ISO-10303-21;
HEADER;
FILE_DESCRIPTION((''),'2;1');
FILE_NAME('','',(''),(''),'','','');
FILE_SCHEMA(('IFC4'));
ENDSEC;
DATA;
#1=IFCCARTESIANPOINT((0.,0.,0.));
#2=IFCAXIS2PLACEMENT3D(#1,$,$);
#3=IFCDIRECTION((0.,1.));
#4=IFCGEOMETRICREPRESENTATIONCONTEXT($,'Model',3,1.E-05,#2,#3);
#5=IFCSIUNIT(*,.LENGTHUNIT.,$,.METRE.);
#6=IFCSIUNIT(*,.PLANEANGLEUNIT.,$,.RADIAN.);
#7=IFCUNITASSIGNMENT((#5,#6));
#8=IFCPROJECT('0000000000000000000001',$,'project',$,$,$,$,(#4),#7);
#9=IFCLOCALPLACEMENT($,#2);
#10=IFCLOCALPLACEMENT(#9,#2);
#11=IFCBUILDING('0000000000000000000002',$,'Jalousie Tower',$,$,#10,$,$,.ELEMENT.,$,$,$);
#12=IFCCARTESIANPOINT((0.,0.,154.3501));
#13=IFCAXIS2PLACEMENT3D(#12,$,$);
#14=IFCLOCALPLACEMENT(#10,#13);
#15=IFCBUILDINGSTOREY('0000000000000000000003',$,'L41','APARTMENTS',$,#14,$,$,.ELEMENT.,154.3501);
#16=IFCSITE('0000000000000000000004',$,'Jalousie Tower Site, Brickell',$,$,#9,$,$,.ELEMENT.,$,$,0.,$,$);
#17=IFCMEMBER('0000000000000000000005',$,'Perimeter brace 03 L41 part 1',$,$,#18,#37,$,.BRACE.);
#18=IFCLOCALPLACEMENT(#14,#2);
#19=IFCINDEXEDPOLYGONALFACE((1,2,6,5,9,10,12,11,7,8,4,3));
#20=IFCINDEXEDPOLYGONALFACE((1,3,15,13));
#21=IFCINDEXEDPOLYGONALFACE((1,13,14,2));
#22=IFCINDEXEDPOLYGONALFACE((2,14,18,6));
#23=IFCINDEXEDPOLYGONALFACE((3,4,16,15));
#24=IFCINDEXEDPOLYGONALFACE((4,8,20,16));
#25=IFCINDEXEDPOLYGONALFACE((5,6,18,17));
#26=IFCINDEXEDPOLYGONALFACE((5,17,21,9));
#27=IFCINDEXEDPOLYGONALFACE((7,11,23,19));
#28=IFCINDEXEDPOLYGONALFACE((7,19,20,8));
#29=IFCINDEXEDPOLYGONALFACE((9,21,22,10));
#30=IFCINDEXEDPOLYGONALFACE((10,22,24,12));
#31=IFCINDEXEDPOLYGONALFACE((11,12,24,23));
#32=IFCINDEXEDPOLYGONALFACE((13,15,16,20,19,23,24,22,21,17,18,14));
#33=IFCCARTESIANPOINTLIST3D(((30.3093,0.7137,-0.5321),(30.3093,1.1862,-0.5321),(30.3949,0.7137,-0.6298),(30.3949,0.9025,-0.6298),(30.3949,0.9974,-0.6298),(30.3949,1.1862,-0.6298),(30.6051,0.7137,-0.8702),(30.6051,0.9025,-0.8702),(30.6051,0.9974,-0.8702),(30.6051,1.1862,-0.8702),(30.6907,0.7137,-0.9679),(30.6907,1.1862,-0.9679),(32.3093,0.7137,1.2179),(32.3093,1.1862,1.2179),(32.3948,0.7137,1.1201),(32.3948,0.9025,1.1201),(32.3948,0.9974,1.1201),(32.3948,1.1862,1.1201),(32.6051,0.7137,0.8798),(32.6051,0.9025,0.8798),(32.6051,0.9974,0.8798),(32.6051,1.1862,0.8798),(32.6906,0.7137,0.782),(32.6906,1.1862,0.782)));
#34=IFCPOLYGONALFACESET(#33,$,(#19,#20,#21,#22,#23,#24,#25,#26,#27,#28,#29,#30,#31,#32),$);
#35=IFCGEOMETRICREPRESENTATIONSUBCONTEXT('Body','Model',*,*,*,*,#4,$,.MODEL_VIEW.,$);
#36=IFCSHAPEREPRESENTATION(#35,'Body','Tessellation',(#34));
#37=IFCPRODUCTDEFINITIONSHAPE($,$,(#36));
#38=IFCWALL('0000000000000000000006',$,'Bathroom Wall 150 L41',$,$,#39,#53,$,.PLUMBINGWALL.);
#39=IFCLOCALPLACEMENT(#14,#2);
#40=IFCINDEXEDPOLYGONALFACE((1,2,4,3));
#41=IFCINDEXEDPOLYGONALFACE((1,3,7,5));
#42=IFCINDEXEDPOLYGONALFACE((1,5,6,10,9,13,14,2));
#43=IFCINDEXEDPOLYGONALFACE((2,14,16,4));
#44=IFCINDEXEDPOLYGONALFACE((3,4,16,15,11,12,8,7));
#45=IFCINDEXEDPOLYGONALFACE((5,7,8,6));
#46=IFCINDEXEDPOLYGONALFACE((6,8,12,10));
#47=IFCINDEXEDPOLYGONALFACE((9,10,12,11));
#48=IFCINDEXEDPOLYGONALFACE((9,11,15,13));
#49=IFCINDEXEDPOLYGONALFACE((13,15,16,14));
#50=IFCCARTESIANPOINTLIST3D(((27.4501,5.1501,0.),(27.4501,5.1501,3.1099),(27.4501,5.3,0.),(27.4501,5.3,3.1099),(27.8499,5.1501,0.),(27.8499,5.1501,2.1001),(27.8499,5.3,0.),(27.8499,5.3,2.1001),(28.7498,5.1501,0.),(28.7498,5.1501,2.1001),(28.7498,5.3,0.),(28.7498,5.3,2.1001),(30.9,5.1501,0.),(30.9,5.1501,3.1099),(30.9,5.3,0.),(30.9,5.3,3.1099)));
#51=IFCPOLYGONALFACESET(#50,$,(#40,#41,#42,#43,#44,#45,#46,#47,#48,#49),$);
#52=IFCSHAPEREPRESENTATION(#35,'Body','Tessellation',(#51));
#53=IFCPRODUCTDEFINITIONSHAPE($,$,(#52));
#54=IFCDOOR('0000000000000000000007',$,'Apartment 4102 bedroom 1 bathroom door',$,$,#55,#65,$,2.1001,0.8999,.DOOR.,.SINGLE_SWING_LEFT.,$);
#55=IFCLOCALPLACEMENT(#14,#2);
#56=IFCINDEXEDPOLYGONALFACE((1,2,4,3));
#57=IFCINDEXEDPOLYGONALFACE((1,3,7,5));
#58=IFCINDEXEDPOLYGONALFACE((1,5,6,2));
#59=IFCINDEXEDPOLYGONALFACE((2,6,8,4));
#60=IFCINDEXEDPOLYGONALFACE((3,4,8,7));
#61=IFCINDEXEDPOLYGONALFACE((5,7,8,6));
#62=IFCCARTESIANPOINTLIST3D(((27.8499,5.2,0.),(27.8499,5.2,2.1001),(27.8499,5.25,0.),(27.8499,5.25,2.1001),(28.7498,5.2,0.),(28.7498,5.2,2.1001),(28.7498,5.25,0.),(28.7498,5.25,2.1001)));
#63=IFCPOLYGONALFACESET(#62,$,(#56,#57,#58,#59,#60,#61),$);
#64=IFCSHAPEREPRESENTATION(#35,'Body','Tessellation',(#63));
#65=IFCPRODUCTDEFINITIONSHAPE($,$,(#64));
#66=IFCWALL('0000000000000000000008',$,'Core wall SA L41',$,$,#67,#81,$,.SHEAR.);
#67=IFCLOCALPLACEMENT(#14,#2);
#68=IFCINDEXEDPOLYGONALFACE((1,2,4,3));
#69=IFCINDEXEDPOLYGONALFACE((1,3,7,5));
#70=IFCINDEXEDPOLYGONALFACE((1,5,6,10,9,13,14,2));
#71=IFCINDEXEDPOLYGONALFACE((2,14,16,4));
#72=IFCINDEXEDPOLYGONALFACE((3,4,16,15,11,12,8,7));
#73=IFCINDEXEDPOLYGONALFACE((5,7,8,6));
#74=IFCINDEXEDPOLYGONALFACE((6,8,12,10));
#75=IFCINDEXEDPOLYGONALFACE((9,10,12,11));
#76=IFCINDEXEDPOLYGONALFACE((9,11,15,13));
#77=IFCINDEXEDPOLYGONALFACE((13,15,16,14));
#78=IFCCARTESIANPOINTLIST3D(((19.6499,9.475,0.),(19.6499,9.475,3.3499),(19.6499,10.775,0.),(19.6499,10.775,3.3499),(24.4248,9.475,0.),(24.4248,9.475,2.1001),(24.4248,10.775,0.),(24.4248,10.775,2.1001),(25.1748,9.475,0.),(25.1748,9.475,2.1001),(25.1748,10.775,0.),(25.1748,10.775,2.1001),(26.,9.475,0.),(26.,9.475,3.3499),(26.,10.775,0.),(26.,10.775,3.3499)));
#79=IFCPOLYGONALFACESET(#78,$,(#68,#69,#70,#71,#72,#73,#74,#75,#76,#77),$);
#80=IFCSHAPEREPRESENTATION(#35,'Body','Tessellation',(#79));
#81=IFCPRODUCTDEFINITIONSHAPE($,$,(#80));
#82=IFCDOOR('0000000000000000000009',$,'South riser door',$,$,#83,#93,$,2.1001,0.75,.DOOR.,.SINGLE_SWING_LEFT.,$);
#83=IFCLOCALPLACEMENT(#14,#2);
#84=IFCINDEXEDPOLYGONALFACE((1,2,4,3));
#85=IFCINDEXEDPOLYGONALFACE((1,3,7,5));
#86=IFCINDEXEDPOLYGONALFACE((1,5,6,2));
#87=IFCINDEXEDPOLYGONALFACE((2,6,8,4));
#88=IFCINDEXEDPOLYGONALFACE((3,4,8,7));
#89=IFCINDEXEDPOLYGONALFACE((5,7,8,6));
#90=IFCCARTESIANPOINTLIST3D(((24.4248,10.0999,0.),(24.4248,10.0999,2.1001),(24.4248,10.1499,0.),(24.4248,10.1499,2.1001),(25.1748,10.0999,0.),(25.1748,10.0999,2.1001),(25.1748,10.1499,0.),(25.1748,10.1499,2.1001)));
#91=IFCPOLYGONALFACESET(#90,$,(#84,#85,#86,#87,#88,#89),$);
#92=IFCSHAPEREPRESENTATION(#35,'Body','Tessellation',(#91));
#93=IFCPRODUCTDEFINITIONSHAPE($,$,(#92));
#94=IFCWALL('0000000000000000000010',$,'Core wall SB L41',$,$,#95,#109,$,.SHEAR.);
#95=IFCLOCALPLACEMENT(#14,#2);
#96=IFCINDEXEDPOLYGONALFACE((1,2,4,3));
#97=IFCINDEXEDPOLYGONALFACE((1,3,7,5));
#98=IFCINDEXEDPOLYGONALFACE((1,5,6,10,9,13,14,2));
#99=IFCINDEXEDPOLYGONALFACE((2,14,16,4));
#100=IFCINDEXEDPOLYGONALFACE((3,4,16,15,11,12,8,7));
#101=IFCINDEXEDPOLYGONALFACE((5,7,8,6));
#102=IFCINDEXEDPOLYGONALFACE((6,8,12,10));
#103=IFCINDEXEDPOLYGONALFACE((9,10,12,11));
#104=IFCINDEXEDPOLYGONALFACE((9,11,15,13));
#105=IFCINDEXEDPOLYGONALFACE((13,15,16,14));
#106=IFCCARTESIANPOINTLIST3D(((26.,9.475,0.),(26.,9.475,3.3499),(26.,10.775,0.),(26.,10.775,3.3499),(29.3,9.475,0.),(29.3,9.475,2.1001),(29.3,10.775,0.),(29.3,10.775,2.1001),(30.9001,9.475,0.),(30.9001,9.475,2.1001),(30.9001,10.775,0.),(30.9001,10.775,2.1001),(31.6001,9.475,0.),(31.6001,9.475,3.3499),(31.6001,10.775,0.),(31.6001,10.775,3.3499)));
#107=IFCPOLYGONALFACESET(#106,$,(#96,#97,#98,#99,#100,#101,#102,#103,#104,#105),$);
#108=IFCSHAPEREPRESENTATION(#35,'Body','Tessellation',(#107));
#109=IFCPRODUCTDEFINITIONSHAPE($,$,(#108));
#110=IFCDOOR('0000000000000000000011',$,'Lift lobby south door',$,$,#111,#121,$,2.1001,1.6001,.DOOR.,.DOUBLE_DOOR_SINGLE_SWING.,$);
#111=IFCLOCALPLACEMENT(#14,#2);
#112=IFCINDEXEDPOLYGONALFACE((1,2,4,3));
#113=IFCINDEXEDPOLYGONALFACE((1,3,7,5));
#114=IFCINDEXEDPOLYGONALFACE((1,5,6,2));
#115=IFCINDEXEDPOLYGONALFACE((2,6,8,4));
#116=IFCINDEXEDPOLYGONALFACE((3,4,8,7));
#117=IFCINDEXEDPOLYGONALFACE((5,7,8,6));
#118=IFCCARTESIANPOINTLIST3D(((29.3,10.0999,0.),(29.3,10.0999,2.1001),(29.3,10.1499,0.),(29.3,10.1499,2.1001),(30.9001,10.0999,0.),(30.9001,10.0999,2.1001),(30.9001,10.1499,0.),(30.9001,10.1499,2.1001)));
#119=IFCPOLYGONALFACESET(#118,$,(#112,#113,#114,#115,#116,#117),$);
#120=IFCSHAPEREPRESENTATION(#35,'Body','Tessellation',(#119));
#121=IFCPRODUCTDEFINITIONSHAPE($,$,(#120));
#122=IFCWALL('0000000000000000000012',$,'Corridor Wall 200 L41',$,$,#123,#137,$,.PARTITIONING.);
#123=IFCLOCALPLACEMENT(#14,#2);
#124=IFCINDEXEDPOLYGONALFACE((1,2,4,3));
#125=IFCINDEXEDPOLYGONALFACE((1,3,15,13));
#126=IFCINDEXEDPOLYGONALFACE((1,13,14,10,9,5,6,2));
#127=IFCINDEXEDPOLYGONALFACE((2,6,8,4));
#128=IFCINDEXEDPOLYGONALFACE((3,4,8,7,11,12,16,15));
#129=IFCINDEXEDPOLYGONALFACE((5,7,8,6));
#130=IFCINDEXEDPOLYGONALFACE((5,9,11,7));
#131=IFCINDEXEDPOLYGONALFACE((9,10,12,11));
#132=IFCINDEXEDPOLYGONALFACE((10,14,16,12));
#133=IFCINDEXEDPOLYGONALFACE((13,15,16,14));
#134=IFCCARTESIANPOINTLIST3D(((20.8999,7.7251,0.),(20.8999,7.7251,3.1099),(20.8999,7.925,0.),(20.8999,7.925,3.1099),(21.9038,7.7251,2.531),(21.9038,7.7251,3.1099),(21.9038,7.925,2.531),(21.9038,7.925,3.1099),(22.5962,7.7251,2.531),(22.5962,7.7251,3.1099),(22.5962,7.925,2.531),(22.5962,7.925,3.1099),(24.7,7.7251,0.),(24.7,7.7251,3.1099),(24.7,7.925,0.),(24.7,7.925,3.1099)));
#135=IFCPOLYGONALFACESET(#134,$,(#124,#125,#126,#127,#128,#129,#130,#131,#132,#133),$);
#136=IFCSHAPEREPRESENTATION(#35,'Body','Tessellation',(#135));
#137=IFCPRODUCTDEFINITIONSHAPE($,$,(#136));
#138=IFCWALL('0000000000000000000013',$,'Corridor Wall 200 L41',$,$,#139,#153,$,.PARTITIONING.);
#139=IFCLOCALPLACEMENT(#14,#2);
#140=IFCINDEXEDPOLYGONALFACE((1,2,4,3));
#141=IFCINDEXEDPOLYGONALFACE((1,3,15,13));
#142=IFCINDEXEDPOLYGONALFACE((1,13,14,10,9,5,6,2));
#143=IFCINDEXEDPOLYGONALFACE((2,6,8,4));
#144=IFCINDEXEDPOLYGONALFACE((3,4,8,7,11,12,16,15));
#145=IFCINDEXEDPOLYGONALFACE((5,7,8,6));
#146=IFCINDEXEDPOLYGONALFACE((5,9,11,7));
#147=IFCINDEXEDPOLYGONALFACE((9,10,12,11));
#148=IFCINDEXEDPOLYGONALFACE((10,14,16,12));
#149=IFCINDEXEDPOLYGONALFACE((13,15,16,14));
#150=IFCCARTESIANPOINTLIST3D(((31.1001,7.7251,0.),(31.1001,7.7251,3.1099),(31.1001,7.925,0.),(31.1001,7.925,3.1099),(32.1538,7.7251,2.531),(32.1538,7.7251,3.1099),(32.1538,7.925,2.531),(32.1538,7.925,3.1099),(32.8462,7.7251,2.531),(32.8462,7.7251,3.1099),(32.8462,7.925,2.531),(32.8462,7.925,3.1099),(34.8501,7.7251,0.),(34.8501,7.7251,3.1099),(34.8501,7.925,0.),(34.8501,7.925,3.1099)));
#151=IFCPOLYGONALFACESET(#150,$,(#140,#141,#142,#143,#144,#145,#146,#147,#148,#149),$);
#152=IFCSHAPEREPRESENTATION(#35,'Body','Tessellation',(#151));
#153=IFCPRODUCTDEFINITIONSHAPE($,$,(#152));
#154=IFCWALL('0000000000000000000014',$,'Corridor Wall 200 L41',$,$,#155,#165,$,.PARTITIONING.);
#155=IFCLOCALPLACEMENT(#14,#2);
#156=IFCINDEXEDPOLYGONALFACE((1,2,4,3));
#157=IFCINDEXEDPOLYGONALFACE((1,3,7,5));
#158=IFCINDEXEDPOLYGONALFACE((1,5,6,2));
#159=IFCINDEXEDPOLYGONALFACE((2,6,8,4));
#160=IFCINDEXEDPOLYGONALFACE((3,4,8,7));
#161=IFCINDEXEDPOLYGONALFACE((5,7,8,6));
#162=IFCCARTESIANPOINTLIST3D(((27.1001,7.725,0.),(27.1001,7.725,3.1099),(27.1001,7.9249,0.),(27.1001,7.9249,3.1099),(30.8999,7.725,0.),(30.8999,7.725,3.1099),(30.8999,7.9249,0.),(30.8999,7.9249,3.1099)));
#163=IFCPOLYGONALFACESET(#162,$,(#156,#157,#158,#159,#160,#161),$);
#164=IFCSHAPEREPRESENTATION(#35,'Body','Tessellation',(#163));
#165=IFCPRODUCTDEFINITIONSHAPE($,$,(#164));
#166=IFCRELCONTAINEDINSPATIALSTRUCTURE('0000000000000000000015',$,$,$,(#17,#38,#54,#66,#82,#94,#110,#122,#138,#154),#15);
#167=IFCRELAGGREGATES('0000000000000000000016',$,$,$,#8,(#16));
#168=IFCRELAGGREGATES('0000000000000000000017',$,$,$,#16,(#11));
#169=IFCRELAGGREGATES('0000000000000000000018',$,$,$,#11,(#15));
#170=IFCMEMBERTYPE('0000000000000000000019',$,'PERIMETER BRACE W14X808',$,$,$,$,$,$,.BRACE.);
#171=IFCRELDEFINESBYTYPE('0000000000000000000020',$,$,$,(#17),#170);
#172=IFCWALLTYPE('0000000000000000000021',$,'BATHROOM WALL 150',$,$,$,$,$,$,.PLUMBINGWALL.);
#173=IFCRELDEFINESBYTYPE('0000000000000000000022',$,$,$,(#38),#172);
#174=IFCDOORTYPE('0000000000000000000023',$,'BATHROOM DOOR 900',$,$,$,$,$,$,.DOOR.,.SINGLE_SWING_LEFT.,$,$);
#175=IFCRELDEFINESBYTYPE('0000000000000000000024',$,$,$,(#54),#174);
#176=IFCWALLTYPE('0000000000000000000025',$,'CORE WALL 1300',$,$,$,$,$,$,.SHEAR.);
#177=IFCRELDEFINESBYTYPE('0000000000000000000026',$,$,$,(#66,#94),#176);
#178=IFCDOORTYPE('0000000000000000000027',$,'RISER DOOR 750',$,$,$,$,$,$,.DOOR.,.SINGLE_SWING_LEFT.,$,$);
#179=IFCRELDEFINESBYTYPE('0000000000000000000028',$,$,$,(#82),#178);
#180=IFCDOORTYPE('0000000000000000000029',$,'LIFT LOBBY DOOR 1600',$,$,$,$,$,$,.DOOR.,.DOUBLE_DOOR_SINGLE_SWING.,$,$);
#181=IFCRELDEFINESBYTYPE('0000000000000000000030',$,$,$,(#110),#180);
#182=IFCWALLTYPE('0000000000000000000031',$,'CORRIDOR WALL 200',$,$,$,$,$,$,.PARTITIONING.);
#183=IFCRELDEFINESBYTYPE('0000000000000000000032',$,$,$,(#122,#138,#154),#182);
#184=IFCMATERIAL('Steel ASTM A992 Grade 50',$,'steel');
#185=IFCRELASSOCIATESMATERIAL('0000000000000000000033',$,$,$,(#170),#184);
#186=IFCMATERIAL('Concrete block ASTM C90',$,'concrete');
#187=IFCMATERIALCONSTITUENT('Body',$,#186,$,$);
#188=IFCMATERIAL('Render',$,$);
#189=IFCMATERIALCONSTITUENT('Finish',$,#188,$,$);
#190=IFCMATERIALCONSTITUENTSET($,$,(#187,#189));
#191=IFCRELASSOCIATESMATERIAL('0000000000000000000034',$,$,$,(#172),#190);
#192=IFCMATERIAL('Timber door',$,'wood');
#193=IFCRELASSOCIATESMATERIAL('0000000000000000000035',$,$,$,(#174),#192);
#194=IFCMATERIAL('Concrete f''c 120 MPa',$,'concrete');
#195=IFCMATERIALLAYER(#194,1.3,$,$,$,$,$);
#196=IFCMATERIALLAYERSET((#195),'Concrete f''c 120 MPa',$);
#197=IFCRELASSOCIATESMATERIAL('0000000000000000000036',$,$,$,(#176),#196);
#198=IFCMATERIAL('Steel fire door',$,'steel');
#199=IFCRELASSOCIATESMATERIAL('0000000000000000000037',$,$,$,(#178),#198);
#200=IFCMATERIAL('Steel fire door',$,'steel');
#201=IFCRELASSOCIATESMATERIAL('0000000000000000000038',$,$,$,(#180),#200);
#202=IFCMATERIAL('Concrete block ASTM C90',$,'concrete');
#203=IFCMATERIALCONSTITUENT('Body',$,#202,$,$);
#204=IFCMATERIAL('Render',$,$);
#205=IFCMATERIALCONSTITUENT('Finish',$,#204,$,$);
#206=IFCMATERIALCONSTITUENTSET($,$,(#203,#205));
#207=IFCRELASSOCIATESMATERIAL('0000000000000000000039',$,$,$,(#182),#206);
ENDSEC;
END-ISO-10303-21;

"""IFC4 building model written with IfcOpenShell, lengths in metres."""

from ifc_helpers import new_model, si_unit, direction, frame, frame_2d, origin, origin_2d, place, context, subcontext, project, spatial, polyline, rectangle, i_section, outline, extrude, material, layer, layer_set, constituent, constituent_set, material_profile, profile_set, type_object, element, fill, save


model = new_model("IFC4")

# Units and contexts
model_context = context("Model", 3, precision=1e-05, world=origin(), true_north=direction((0.0, 1.0)))
body_context = subcontext(model_context, "Body", "Model", "MODEL_VIEW")
ifc_project = project(units=[si_unit("LENGTHUNIT", "METRE"), si_unit("PLANEANGLEUNIT", "RADIAN")], contexts=[model_context])

# Site, building, storey
site_placement = place(None, origin())
site = spatial("IfcSite", under=ifc_project, at=site_placement, Name="Jalousie Tower Site, Brickell", CompositionType="ELEMENT", RefElevation=0.0)
building_placement = place(site_placement, origin())
building = spatial("IfcBuilding", under=site, at=building_placement, Name="Jalousie Tower", CompositionType="ELEMENT")
storey_placement = place(building_placement, frame((0.0, 0.0, 154.3501)))
storey = spatial("IfcBuildingStorey", under=building, at=storey_placement, Name="L41", Description="APARTMENTS", CompositionType="ELEMENT", Elevation=154.3501)

# Member
ifc_material_1 = material(Name="Steel ASTM A992 Grade 50", Category="steel")
ifc_material_profile = material_profile(ifc_material_1, i_section(OverallWidth=0.4724, OverallDepth=0.5791, WebThickness=0.095, FlangeThickness=0.1299, at=origin_2d()), Name="W14X808")
ifc_profile_set = profile_set([ifc_material_profile], Name="Steel ASTM A992 Grade 50")
member_type = type_object("IfcMemberType", Name="PERIMETER BRACE W14X808", PredefinedType="BRACE", material=ifc_profile_set)
member_placement = place(storey_placement, frame((30.5, 0.95, -0.75), z_axis=(0.752577, 0.0, 0.658505), x_axis=(0.0, 1.0, 0.0)))
element("IfcMember", 1, at=member_placement, inside=storey, type_object=member_type, Name="Perimeter brace 03 L41 part 1", PredefinedType="BRACE", context=body_context, shape_type="SweptSolid", body=[
    extrude(i_section(OverallWidth=0.4724, OverallDepth=0.5791, WebThickness=0.095, FlangeThickness=0.1299, at=origin_2d()), origin(), (0.0, 0.0, 1.0), 2.6575),
])

# Walls, openings, doors
ifc_material_2 = material(Name="Concrete block ASTM C90", Category="concrete")
ifc_constituent_1 = constituent(ifc_material_2, Name="Body")
ifc_material_3 = material(Name="Render")
ifc_constituent_2 = constituent(ifc_material_3, Name="Finish")
ifc_constituent_set_1 = constituent_set(constituents=[ifc_constituent_1, ifc_constituent_2])
wall_type_1 = type_object("IfcWallType", Name="BATHROOM WALL 150", PredefinedType="PLUMBINGWALL", material=ifc_constituent_set_1)
wall_1_placement = place(storey_placement, frame((27.45, 5.2251, 0.0), z_axis=(0.0, 0.0, 1.0), x_axis=(1.0, 0.0, 0.0)))
wall_1 = element("IfcWall", 2, at=wall_1_placement, inside=storey, type_object=wall_type_1, Name="Bathroom Wall 150 L41", PredefinedType="PLUMBINGWALL", context=body_context, shape_type="SweptSolid", body=[
    extrude(rectangle(XDim=3.45, YDim=0.1499, at=frame_2d((1.7251, 0.0))), origin(), (0.0, 0.0, 1.0), 3.1099),
])
opening_1_placement = place(wall_1_placement, frame((0.3999, 0.0, 0.0)))
opening_1 = element("IfcOpeningElement", 3, at=opening_1_placement, cuts=wall_1, PredefinedType="OPENING", context=body_context, shape_type="SweptSolid", body=[
    extrude(rectangle(XDim=0.8999, YDim=2.1001, at=frame_2d((0.45, 1.05))), frame((0.0, 0.085, 0.0), z_axis=(0.0, -1.0, 0.0), x_axis=(1.0, 0.0, 0.0)), (0.0, 0.0, 1.0), 0.1699),
])
ifc_material_4 = material(Name="Timber door", Category="wood")
door_type_1 = type_object("IfcDoorType", Name="BATHROOM DOOR 900", OperationType="SINGLE_SWING_LEFT", PredefinedType="DOOR", material=ifc_material_4)
door_1_placement = place(opening_1_placement, origin())
door_1 = element("IfcDoor", 4, at=door_1_placement, inside=storey, type_object=door_type_1, Name="Apartment 4102 bedroom 1 bathroom door", OperationType="SINGLE_SWING_LEFT", OverallHeight=2.1001, OverallWidth=0.8999, PredefinedType="DOOR", context=body_context, shape_type="SweptSolid", body=[
    extrude(rectangle(XDim=0.8999, YDim=2.1001, at=frame_2d((0.45, 1.05))), frame((0.0, 0.0249, 0.0), z_axis=(0.0, -1.0, 0.0), x_axis=(1.0, 0.0, 0.0)), (0.0, 0.0, 1.0), 0.05),
])
fill(opening_1, door_1)
ifc_material_5 = material(Name="Concrete f'c 120 MPa", Category="concrete")
ifc_layer = layer(ifc_material_5, 1.3)
ifc_layer_set = layer_set([ifc_layer], Name="Concrete f'c 120 MPa")
wall_type_2 = type_object("IfcWallType", Name="CORE WALL 1300", PredefinedType="SHEAR", material=ifc_layer_set)
wall_2_placement = place(storey_placement, frame((19.6499, 10.125, 0.0), z_axis=(0.0, 0.0, 1.0), x_axis=(1.0, 0.0, 0.0)))
wall_2 = element("IfcWall", 5, at=wall_2_placement, inside=storey, type_object=wall_type_2, Name="Core wall SA L41", PredefinedType="SHEAR", context=body_context, shape_type="SweptSolid", body=[
    extrude(rectangle(XDim=6.3501, YDim=1.3, at=frame_2d((3.175, 0.0))), origin(), (0.0, 0.0, 1.0), 3.3499),
])
opening_2_placement = place(wall_2_placement, frame((4.7749, 0.0, 0.0)))
opening_2 = element("IfcOpeningElement", 6, at=opening_2_placement, cuts=wall_2, PredefinedType="OPENING", context=body_context, shape_type="SweptSolid", body=[
    extrude(rectangle(XDim=0.75, YDim=2.1001, at=frame_2d((0.375, 1.05))), frame((0.0, 0.6599, 0.0), z_axis=(0.0, -1.0, 0.0), x_axis=(1.0, 0.0, 0.0)), (0.0, 0.0, 1.0), 1.3201),
])
ifc_material_6 = material(Name="Steel fire door", Category="steel")
door_type_2 = type_object("IfcDoorType", Name="RISER DOOR 750", OperationType="SINGLE_SWING_LEFT", PredefinedType="DOOR", material=ifc_material_6)
door_2_placement = place(opening_2_placement, origin())
door_2 = element("IfcDoor", 7, at=door_2_placement, inside=storey, type_object=door_type_2, Name="South riser door", OperationType="SINGLE_SWING_LEFT", OverallHeight=2.1001, OverallWidth=0.75, PredefinedType="DOOR", context=body_context, shape_type="SweptSolid", body=[
    extrude(rectangle(XDim=0.75, YDim=2.1001, at=frame_2d((0.375, 1.05))), frame((0.0, 0.0249, 0.0), z_axis=(0.0, -1.0, 0.0), x_axis=(1.0, 0.0, 0.0)), (0.0, 0.0, 1.0), 0.05),
])
fill(opening_2, door_2)
wall_3_placement = place(storey_placement, frame((26.0, 10.125, 0.0), z_axis=(0.0, 0.0, 1.0), x_axis=(1.0, 0.0, 0.0)))
wall_3 = element("IfcWall", 8, at=wall_3_placement, inside=storey, type_object=wall_type_2, Name="Core wall SB L41", PredefinedType="SHEAR", context=body_context, shape_type="SweptSolid", body=[
    extrude(rectangle(XDim=5.6001, YDim=1.3, at=frame_2d((2.8, 0.0))), origin(), (0.0, 0.0, 1.0), 3.3499),
])
opening_3_placement = place(wall_3_placement, frame((3.3, 0.0, 0.0)))
opening_3 = element("IfcOpeningElement", 9, at=opening_3_placement, cuts=wall_3, PredefinedType="OPENING", context=body_context, shape_type="SweptSolid", body=[
    extrude(rectangle(XDim=1.6001, YDim=2.1001, at=frame_2d((0.8, 1.05))), frame((0.0, 0.6599, 0.0), z_axis=(0.0, -1.0, 0.0), x_axis=(1.0, 0.0, 0.0)), (0.0, 0.0, 1.0), 1.3201),
])
ifc_material_7 = material(Name="Steel fire door", Category="steel")
door_type_3 = type_object("IfcDoorType", Name="LIFT LOBBY DOOR 1600", OperationType="DOUBLE_DOOR_SINGLE_SWING", PredefinedType="DOOR", material=ifc_material_7)
door_3_placement = place(opening_3_placement, origin())
door_3 = element("IfcDoor", 10, at=door_3_placement, inside=storey, type_object=door_type_3, Name="Lift lobby south door", OperationType="DOUBLE_DOOR_SINGLE_SWING", OverallHeight=2.1001, OverallWidth=1.6001, PredefinedType="DOOR", context=body_context, shape_type="SweptSolid", body=[
    extrude(rectangle(XDim=1.6001, YDim=2.1001, at=frame_2d((0.8, 1.05))), frame((0.0, 0.0249, 0.0), z_axis=(0.0, -1.0, 0.0), x_axis=(1.0, 0.0, 0.0)), (0.0, 0.0, 1.0), 0.05),
])
fill(opening_3, door_3)

# Walls
ifc_material_8 = material(Name="Concrete block ASTM C90", Category="concrete")
ifc_constituent_3 = constituent(ifc_material_8, Name="Body")
ifc_material_9 = material(Name="Render")
ifc_constituent_4 = constituent(ifc_material_9, Name="Finish")
ifc_constituent_set_2 = constituent_set(constituents=[ifc_constituent_3, ifc_constituent_4])
wall_type_3 = type_object("IfcWallType", Name="CORRIDOR WALL 200", PredefinedType="PARTITIONING", material=ifc_constituent_set_2)
wall_4_placement = place(storey_placement, frame((20.8999, 7.825, 0.0), z_axis=(0.0, 0.0, 1.0), x_axis=(1.0, 0.0, 0.0)))
element("IfcWall", 11, at=wall_4_placement, inside=storey, type_object=wall_type_3, Name="Corridor Wall 200 L41", PredefinedType="PARTITIONING", context=body_context, shape_type="SweptSolid", body=[
    extrude(outline(polyline([(0.0, 0.0), (3.8, 0.0), (3.8, 3.1099), (1.6963, 3.1099), (1.6963, 2.531), (1.0039, 2.531), (1.0039, 3.1099), (0.0, 3.1099), (0.0, 0.0)])), frame((0.0, 0.1001, 0.0), z_axis=(0.0, -1.0, 0.0), x_axis=(1.0, 0.0, 0.0)), (0.0, 0.0, 1.0), 0.2),
])
wall_5_placement = place(storey_placement, frame((31.1001, 7.825, 0.0), z_axis=(0.0, 0.0, 1.0), x_axis=(1.0, 0.0, 0.0)))
element("IfcWall", 12, at=wall_5_placement, inside=storey, type_object=wall_type_3, Name="Corridor Wall 200 L41", PredefinedType="PARTITIONING", context=body_context, shape_type="SweptSolid", body=[
    extrude(outline(polyline([(0.0, 0.0), (3.75, 0.0), (3.75, 3.1099), (1.7461, 3.1099), (1.7461, 2.531), (1.0537, 2.531), (1.0537, 3.1099), (0.0, 3.1099), (0.0, 0.0)])), frame((0.0, 0.1001, 0.0), z_axis=(0.0, -1.0, 0.0), x_axis=(1.0, 0.0, 0.0)), (0.0, 0.0, 1.0), 0.2),
])
wall_6_placement = place(storey_placement, frame((27.1001, 7.825, 0.0), z_axis=(0.0, 0.0, 1.0), x_axis=(1.0, 0.0, 0.0)))
element("IfcWall", 13, at=wall_6_placement, inside=storey, type_object=wall_type_3, Name="Corridor Wall 200 L41", PredefinedType="PARTITIONING", context=body_context, shape_type="SweptSolid", body=[
    extrude(rectangle(XDim=3.7998, YDim=0.2, at=frame_2d((1.8999, 0.0))), origin(), (0.0, 0.0, 1.0), 3.1099),
])

save(model, "model.ifc")
